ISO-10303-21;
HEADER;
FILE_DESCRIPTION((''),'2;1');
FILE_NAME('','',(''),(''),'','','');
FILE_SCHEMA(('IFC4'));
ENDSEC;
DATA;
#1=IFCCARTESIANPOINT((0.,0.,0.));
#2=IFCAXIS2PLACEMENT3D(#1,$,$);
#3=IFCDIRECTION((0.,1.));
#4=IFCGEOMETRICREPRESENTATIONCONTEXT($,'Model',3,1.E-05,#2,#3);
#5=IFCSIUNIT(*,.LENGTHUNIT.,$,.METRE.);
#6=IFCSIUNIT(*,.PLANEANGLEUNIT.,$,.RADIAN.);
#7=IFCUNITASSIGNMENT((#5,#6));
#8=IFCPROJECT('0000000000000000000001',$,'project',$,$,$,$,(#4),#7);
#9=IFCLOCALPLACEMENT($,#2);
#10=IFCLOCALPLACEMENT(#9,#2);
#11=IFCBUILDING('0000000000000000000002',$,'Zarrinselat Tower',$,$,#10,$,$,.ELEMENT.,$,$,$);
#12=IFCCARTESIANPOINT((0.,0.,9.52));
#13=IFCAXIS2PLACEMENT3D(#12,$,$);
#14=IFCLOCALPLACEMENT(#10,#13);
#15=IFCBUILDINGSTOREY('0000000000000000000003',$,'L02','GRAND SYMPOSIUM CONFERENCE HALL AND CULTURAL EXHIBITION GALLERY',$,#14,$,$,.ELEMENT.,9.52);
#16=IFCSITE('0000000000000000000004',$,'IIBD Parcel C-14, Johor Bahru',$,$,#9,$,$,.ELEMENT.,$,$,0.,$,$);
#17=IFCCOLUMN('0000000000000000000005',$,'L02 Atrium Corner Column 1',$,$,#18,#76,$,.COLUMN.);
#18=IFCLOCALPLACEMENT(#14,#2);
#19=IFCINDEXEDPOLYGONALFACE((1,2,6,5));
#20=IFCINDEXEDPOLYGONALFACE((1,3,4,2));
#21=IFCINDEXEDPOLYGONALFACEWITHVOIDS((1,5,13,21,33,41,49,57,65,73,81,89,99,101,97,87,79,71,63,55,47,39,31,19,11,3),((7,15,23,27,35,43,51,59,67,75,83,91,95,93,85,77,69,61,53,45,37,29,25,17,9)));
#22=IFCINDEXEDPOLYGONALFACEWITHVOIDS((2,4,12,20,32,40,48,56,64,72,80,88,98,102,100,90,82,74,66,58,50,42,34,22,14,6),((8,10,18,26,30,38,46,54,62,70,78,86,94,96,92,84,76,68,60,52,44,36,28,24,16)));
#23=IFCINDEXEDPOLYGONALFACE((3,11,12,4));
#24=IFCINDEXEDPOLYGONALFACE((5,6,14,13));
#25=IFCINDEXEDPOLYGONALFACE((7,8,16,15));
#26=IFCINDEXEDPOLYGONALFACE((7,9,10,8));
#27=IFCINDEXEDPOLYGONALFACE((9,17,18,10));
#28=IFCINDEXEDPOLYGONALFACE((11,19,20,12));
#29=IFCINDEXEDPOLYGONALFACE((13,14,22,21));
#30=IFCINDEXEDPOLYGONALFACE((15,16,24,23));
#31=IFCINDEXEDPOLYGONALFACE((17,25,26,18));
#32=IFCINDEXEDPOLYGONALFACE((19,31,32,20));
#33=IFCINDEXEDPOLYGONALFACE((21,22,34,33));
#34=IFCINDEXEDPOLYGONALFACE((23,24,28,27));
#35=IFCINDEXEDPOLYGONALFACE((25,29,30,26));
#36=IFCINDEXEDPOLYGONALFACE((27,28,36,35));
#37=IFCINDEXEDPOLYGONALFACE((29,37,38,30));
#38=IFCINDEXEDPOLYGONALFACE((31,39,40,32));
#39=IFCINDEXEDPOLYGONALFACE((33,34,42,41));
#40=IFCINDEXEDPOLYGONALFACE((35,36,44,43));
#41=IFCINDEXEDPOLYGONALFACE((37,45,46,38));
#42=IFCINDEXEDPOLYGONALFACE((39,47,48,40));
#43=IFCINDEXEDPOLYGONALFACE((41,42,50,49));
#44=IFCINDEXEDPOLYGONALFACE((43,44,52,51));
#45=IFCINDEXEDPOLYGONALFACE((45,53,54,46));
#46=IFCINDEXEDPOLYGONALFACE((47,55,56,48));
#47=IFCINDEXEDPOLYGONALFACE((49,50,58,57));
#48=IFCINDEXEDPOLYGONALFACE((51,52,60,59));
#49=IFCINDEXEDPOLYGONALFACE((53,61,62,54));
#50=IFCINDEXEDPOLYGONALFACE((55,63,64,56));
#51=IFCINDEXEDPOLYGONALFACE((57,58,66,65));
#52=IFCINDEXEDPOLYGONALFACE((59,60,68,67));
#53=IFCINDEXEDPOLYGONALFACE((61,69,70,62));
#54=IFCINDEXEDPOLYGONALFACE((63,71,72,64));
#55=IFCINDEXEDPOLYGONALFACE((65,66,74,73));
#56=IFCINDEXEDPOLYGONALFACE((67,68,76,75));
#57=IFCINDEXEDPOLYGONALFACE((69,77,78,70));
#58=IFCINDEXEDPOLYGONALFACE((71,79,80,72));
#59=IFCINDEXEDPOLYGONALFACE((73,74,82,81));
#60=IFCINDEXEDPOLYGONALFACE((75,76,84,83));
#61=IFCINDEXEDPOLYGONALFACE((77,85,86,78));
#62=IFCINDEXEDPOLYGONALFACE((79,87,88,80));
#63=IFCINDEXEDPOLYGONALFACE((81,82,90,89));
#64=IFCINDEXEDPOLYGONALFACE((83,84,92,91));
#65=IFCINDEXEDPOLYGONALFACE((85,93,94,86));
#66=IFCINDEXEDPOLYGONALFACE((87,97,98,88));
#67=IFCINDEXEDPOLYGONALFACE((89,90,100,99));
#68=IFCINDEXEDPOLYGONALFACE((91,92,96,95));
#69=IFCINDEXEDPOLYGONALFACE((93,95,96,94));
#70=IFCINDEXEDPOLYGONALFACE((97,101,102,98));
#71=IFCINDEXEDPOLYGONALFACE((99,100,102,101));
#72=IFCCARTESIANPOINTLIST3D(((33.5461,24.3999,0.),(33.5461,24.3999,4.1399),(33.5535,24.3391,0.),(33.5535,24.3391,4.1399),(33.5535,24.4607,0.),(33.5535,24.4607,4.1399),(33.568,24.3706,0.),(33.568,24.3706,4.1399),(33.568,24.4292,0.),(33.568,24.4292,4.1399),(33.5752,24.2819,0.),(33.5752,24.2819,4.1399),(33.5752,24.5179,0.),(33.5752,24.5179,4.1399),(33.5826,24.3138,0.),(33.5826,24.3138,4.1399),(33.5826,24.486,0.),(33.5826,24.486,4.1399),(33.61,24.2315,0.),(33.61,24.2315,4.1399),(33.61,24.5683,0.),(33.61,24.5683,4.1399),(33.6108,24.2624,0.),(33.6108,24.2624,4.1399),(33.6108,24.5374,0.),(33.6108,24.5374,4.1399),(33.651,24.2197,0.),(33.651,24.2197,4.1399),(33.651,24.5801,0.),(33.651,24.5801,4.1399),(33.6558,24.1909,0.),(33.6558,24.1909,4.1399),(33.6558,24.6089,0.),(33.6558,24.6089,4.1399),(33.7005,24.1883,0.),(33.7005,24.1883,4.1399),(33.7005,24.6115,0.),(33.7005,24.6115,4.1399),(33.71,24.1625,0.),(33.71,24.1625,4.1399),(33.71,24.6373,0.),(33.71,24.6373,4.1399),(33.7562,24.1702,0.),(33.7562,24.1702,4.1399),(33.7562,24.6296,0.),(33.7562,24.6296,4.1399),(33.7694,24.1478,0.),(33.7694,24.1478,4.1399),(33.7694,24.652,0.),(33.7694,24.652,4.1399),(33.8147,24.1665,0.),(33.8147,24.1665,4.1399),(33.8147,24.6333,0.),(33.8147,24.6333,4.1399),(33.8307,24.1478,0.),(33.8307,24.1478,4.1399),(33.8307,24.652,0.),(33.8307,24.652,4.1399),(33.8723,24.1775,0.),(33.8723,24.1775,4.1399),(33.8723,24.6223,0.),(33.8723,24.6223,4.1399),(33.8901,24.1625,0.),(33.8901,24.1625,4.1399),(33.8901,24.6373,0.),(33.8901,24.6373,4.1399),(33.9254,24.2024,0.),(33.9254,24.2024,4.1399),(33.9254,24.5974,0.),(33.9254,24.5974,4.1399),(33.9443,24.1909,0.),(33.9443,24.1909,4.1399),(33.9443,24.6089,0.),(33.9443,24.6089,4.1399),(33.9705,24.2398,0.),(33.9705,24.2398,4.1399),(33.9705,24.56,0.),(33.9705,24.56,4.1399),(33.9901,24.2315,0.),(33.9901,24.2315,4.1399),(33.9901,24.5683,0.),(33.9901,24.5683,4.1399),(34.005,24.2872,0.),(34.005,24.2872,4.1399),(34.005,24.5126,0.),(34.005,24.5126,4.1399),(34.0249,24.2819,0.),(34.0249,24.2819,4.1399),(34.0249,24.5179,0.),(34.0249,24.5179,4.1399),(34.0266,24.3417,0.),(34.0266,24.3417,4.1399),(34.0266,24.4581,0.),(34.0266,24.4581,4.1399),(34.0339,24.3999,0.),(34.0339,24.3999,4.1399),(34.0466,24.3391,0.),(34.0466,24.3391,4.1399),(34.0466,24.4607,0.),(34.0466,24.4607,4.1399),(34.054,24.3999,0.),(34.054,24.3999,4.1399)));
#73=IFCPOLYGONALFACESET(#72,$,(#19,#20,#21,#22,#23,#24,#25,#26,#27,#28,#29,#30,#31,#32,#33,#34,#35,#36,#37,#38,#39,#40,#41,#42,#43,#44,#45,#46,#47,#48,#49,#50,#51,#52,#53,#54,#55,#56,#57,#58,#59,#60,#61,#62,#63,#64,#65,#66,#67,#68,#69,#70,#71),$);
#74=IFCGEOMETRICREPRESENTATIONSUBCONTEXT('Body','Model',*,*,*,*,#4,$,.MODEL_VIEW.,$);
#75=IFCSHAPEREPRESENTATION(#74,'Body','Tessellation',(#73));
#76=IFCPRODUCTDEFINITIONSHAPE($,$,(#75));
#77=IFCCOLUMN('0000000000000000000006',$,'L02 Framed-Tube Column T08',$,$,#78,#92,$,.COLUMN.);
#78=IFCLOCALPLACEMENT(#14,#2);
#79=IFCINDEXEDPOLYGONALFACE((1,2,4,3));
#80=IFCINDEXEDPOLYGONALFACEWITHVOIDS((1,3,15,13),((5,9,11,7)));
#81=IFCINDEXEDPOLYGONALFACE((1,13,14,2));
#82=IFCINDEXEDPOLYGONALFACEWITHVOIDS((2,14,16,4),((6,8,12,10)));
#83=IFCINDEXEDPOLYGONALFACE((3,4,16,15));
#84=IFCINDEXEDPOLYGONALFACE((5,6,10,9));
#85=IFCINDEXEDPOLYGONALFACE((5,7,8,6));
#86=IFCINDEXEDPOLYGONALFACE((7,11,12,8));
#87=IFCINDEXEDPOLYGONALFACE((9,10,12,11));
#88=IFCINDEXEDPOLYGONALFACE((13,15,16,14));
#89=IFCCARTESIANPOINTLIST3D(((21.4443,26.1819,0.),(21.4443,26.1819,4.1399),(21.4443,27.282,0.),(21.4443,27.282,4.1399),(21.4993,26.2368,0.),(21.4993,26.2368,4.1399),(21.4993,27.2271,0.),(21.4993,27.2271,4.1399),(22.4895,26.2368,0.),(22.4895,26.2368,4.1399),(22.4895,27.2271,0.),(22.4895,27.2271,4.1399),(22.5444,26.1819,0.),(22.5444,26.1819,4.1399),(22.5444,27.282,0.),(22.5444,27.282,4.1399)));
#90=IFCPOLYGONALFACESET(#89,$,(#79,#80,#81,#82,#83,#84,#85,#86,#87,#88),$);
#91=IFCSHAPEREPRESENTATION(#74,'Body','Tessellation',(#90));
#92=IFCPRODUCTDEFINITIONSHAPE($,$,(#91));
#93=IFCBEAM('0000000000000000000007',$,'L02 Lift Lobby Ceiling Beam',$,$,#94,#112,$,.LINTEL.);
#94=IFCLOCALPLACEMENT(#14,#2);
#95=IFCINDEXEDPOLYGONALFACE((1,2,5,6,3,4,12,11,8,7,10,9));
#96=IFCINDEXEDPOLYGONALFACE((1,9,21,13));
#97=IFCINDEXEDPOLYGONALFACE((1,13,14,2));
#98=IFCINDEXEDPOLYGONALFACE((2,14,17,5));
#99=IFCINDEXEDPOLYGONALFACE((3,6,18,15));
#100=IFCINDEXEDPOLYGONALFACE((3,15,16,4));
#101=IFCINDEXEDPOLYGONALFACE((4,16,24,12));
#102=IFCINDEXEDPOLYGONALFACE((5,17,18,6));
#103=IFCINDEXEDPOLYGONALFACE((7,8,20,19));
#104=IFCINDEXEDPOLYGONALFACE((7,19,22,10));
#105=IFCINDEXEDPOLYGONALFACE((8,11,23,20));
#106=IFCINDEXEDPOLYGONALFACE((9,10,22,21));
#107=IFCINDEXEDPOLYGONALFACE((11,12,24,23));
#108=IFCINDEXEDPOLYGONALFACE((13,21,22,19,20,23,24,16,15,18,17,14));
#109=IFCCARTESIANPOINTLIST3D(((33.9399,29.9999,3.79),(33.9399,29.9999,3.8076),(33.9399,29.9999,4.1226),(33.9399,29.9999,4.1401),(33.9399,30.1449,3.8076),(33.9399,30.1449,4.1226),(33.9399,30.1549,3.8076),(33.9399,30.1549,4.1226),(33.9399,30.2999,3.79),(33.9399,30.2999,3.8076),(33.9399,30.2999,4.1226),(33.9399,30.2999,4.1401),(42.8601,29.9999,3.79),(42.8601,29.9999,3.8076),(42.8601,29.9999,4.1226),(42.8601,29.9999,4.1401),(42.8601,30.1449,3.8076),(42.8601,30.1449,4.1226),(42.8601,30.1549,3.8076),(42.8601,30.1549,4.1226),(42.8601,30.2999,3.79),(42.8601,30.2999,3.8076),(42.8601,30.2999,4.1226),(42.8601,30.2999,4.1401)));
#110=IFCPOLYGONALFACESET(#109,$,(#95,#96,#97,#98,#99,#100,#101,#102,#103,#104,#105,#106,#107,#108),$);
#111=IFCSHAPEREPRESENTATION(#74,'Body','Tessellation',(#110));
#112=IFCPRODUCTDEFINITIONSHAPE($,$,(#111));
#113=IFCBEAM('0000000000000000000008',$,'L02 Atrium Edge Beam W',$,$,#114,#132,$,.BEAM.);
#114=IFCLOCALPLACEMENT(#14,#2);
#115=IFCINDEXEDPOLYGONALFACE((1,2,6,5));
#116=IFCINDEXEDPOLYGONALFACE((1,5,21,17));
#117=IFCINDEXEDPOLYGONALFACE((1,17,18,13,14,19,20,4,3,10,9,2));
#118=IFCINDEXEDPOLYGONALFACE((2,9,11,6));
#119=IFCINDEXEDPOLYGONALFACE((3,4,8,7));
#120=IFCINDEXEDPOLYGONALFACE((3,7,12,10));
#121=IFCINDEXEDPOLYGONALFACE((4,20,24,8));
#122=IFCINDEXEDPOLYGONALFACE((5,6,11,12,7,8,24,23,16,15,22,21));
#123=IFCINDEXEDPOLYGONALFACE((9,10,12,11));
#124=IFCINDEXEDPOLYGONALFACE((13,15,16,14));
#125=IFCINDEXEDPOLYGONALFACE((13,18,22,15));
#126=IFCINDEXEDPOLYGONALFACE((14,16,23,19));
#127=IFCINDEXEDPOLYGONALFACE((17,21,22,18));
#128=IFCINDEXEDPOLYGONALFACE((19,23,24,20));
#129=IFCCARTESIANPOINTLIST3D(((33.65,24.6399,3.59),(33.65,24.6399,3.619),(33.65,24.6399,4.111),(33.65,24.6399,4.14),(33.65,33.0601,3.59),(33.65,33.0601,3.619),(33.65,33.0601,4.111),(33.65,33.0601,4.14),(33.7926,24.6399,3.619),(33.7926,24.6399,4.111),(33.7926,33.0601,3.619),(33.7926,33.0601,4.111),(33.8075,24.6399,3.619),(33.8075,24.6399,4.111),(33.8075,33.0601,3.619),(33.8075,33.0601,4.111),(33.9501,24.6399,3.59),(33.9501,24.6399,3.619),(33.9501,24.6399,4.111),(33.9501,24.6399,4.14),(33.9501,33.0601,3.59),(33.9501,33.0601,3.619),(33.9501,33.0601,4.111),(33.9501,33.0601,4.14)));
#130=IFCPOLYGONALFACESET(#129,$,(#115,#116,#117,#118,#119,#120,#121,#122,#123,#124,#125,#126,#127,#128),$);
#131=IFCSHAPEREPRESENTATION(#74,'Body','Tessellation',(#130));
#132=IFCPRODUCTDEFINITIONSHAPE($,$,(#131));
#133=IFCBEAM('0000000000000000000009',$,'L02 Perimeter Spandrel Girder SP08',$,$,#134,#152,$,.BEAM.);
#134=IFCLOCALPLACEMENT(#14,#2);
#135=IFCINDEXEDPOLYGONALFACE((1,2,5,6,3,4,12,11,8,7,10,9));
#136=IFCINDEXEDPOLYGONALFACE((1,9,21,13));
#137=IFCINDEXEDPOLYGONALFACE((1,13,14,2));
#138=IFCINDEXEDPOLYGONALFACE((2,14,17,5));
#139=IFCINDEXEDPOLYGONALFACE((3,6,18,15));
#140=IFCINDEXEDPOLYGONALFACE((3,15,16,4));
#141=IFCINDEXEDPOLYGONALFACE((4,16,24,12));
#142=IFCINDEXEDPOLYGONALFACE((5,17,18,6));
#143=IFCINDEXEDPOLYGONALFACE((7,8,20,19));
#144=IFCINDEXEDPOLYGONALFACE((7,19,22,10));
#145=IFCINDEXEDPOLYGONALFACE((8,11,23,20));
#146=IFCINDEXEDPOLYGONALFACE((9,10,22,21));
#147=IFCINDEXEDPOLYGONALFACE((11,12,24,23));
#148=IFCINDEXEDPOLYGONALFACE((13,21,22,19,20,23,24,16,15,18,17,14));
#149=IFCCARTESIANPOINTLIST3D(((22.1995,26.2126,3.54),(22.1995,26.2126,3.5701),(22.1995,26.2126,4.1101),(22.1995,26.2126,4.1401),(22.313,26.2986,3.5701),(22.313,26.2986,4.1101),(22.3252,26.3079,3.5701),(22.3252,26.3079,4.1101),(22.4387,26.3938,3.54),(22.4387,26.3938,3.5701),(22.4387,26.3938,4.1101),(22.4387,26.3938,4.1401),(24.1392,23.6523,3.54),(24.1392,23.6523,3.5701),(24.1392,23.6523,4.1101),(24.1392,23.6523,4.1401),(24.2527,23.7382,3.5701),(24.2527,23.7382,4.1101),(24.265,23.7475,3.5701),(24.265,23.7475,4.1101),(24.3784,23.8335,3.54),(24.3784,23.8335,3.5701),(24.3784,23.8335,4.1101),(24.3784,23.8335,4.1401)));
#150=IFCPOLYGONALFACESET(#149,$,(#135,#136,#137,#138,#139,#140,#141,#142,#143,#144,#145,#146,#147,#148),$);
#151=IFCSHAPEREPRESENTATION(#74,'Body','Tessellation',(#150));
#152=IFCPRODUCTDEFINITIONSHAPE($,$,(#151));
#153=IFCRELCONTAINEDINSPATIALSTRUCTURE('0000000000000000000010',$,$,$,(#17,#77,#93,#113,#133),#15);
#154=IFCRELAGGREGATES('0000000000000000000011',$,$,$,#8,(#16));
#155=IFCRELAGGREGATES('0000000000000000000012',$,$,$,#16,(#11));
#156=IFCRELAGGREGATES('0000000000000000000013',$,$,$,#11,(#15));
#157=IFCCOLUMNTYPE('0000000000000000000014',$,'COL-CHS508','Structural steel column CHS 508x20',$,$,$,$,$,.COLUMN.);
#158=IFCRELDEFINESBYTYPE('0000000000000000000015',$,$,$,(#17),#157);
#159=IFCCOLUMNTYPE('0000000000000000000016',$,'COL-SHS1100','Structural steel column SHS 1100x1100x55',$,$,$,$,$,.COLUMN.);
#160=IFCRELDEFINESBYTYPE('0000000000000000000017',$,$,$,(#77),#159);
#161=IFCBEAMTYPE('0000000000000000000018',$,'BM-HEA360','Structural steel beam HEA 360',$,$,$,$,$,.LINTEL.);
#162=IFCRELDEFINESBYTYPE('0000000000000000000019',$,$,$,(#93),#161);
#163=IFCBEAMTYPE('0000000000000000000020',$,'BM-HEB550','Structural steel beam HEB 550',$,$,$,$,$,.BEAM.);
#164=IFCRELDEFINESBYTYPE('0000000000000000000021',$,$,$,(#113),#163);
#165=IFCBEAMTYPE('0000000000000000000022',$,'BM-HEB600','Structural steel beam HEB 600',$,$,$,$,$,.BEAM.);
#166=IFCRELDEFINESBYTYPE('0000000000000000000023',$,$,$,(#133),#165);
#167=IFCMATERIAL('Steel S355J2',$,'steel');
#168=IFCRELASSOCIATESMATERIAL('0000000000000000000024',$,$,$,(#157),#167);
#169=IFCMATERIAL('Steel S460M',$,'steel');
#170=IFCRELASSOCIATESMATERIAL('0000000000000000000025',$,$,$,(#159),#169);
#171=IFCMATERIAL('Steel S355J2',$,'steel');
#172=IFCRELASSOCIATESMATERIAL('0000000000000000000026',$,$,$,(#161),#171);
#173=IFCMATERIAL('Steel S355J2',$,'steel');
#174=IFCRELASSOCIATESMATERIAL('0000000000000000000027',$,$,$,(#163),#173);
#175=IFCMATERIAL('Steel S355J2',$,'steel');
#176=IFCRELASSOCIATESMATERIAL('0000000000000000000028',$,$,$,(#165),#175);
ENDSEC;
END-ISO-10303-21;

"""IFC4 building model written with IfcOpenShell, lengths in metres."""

from ifc_helpers import new_model, si_unit, direction, frame, origin, origin_2d, place, context, subcontext, project, spatial, hollow_rectangle, hollow_circle, i_section, extrude, material, material_profile, profile_set, type_object, element, save


model = new_model("IFC4")

# Units and contexts
model_context = context("Model", 3, precision=1e-05, world=origin(), true_north=direction((0.0, 1.0)))
body_context = subcontext(model_context, "Body", "Model", "MODEL_VIEW")
ifc_project = project(units=[si_unit("LENGTHUNIT", "METRE"), si_unit("PLANEANGLEUNIT", "RADIAN")], contexts=[model_context])

# Site, building, storey
site_placement = place(None, origin())
site = spatial("IfcSite", under=ifc_project, at=site_placement, Name="IIBD Parcel C-14, Johor Bahru", CompositionType="ELEMENT", RefElevation=0.0)
building_placement = place(site_placement, origin())
building = spatial("IfcBuilding", under=site, at=building_placement, Name="Zarrinselat Tower", CompositionType="ELEMENT")
storey_placement = place(building_placement, frame((0.0, 0.0, 9.52)))
storey = spatial("IfcBuildingStorey", under=building, at=storey_placement, Name="L02", Description="GRAND SYMPOSIUM CONFERENCE HALL AND CULTURAL EXHIBITION GALLERY", CompositionType="ELEMENT", Elevation=9.52)

# Columns
ifc_material_1 = material(Name="Steel S355J2", Category="steel")
ifc_material_profile_1 = material_profile(ifc_material_1, hollow_circle(Radius=0.2539, WallThickness=0.02, at=origin_2d()), Name="CHS 508x20")
ifc_profile_set_1 = profile_set([ifc_material_profile_1], Name="Steel S355J2")
column_type_1 = type_object("IfcColumnType", Name="COL-CHS508", Description="Structural steel column CHS 508x20", PredefinedType="COLUMN", material=ifc_profile_set_1)
column_1_placement = place(storey_placement, frame((33.8, 24.3999, 0.0), z_axis=(0.0, 0.0, 1.0), x_axis=(1.0, 0.0, 0.0)))
element("IfcColumn", 1, at=column_1_placement, inside=storey, type_object=column_type_1, Name="L02 Atrium Corner Column 1", PredefinedType="COLUMN", context=body_context, shape_type="SweptSolid", body=[
    extrude(hollow_circle(Radius=0.2539, WallThickness=0.02, at=origin_2d()), origin(), (0.0, 0.0, 1.0), 4.1399),
])
ifc_material_2 = material(Name="Steel S460M", Category="steel")
ifc_material_profile_2 = material_profile(ifc_material_2, hollow_rectangle(XDim=1.1001, YDim=1.1001, WallThickness=0.0549, at=origin_2d()), Name="SHS 1100x1100x55")
ifc_profile_set_2 = profile_set([ifc_material_profile_2], Name="Steel S460M")
column_type_2 = type_object("IfcColumnType", Name="COL-SHS1100", Description="Structural steel column SHS 1100x1100x55", PredefinedType="COLUMN", material=ifc_profile_set_2)
column_2_placement = place(storey_placement, frame((21.9944, 26.7319, 0.0), z_axis=(0.0, 0.0, 1.0), x_axis=(1.0, 0.0, 0.0)))
element("IfcColumn", 2, at=column_2_placement, inside=storey, type_object=column_type_2, Name="L02 Framed-Tube Column T08", PredefinedType="COLUMN", context=body_context, shape_type="SweptSolid", body=[
    extrude(hollow_rectangle(XDim=1.1001, YDim=1.1001, WallThickness=0.0549, at=origin_2d()), origin(), (0.0, 0.0, 1.0), 4.1399),
])

# Beams
ifc_material_3 = material(Name="Steel S355J2", Category="steel")
ifc_material_profile_3 = material_profile(ifc_material_3, i_section(OverallWidth=0.3, OverallDepth=0.3501, WebThickness=0.01, FlangeThickness=0.0176, at=origin_2d()), Name="HEA 360")
ifc_profile_set_3 = profile_set([ifc_material_profile_3], Name="Steel S355J2")
beam_type_1 = type_object("IfcBeamType", Name="BM-HEA360", Description="Structural steel beam HEA 360", PredefinedType="LINTEL", material=ifc_profile_set_3)
beam_1_placement = place(storey_placement, frame((33.9399, 30.1499, 3.9651), z_axis=(1.0, 0.0, 0.0), x_axis=(0.0, 1.0, 0.0)))
element("IfcBeam", 3, at=beam_1_placement, inside=storey, type_object=beam_type_1, Name="L02 Lift Lobby Ceiling Beam", PredefinedType="LINTEL", context=body_context, shape_type="SweptSolid", body=[
    extrude(i_section(OverallWidth=0.3, OverallDepth=0.3501, WebThickness=0.01, FlangeThickness=0.0176, at=origin_2d()), origin(), (0.0, 0.0, 1.0), 8.9202),
])
ifc_material_4 = material(Name="Steel S355J2", Category="steel")
ifc_material_profile_4 = material_profile(ifc_material_4, i_section(OverallWidth=0.3, OverallDepth=0.55, WebThickness=0.0149, FlangeThickness=0.0291, at=origin_2d()), Name="HEB 550")
ifc_profile_set_4 = profile_set([ifc_material_profile_4], Name="Steel S355J2")
beam_type_2 = type_object("IfcBeamType", Name="BM-HEB550", Description="Structural steel beam HEB 550", PredefinedType="BEAM", material=ifc_profile_set_4)
beam_2_placement = place(storey_placement, frame((33.8, 24.6399, 3.865), z_axis=(0.0, 1.0, 0.0), x_axis=(-1.0, 0.0, 0.0)))
element("IfcBeam", 4, at=beam_2_placement, inside=storey, type_object=beam_type_2, Name="L02 Atrium Edge Beam W", PredefinedType="BEAM", context=body_context, shape_type="SweptSolid", body=[
    extrude(i_section(OverallWidth=0.3, OverallDepth=0.55, WebThickness=0.0149, FlangeThickness=0.0291, at=origin_2d()), origin(), (0.0, 0.0, 1.0), 8.4202),
])
ifc_material_5 = material(Name="Steel S355J2", Category="steel")
ifc_material_profile_5 = material_profile(ifc_material_5, i_section(OverallWidth=0.3, OverallDepth=0.6001, WebThickness=0.0154, FlangeThickness=0.03, at=origin_2d()), Name="HEB 600")
ifc_profile_set_5 = profile_set([ifc_material_profile_5], Name="Steel S355J2")
beam_type_3 = type_object("IfcBeamType", Name="BM-HEB600", Description="Structural steel beam HEB 600", PredefinedType="BEAM", material=ifc_profile_set_5)
beam_3_placement = place(storey_placement, frame((22.3191, 26.3032, 3.8401), z_axis=(0.603872, -0.797081, 0.0), x_axis=(0.797081, 0.603872, 0.0)))
element("IfcBeam", 5, at=beam_3_placement, inside=storey, type_object=beam_type_3, Name="L02 Perimeter Spandrel Girder SP08", PredefinedType="BEAM", context=body_context, shape_type="SweptSolid", body=[
    extrude(i_section(OverallWidth=0.3, OverallDepth=0.6001, WebThickness=0.0154, FlangeThickness=0.03, at=origin_2d()), origin(), (0.0, 0.0, 1.0), 3.2122),
])

save(model, "model.ifc")
